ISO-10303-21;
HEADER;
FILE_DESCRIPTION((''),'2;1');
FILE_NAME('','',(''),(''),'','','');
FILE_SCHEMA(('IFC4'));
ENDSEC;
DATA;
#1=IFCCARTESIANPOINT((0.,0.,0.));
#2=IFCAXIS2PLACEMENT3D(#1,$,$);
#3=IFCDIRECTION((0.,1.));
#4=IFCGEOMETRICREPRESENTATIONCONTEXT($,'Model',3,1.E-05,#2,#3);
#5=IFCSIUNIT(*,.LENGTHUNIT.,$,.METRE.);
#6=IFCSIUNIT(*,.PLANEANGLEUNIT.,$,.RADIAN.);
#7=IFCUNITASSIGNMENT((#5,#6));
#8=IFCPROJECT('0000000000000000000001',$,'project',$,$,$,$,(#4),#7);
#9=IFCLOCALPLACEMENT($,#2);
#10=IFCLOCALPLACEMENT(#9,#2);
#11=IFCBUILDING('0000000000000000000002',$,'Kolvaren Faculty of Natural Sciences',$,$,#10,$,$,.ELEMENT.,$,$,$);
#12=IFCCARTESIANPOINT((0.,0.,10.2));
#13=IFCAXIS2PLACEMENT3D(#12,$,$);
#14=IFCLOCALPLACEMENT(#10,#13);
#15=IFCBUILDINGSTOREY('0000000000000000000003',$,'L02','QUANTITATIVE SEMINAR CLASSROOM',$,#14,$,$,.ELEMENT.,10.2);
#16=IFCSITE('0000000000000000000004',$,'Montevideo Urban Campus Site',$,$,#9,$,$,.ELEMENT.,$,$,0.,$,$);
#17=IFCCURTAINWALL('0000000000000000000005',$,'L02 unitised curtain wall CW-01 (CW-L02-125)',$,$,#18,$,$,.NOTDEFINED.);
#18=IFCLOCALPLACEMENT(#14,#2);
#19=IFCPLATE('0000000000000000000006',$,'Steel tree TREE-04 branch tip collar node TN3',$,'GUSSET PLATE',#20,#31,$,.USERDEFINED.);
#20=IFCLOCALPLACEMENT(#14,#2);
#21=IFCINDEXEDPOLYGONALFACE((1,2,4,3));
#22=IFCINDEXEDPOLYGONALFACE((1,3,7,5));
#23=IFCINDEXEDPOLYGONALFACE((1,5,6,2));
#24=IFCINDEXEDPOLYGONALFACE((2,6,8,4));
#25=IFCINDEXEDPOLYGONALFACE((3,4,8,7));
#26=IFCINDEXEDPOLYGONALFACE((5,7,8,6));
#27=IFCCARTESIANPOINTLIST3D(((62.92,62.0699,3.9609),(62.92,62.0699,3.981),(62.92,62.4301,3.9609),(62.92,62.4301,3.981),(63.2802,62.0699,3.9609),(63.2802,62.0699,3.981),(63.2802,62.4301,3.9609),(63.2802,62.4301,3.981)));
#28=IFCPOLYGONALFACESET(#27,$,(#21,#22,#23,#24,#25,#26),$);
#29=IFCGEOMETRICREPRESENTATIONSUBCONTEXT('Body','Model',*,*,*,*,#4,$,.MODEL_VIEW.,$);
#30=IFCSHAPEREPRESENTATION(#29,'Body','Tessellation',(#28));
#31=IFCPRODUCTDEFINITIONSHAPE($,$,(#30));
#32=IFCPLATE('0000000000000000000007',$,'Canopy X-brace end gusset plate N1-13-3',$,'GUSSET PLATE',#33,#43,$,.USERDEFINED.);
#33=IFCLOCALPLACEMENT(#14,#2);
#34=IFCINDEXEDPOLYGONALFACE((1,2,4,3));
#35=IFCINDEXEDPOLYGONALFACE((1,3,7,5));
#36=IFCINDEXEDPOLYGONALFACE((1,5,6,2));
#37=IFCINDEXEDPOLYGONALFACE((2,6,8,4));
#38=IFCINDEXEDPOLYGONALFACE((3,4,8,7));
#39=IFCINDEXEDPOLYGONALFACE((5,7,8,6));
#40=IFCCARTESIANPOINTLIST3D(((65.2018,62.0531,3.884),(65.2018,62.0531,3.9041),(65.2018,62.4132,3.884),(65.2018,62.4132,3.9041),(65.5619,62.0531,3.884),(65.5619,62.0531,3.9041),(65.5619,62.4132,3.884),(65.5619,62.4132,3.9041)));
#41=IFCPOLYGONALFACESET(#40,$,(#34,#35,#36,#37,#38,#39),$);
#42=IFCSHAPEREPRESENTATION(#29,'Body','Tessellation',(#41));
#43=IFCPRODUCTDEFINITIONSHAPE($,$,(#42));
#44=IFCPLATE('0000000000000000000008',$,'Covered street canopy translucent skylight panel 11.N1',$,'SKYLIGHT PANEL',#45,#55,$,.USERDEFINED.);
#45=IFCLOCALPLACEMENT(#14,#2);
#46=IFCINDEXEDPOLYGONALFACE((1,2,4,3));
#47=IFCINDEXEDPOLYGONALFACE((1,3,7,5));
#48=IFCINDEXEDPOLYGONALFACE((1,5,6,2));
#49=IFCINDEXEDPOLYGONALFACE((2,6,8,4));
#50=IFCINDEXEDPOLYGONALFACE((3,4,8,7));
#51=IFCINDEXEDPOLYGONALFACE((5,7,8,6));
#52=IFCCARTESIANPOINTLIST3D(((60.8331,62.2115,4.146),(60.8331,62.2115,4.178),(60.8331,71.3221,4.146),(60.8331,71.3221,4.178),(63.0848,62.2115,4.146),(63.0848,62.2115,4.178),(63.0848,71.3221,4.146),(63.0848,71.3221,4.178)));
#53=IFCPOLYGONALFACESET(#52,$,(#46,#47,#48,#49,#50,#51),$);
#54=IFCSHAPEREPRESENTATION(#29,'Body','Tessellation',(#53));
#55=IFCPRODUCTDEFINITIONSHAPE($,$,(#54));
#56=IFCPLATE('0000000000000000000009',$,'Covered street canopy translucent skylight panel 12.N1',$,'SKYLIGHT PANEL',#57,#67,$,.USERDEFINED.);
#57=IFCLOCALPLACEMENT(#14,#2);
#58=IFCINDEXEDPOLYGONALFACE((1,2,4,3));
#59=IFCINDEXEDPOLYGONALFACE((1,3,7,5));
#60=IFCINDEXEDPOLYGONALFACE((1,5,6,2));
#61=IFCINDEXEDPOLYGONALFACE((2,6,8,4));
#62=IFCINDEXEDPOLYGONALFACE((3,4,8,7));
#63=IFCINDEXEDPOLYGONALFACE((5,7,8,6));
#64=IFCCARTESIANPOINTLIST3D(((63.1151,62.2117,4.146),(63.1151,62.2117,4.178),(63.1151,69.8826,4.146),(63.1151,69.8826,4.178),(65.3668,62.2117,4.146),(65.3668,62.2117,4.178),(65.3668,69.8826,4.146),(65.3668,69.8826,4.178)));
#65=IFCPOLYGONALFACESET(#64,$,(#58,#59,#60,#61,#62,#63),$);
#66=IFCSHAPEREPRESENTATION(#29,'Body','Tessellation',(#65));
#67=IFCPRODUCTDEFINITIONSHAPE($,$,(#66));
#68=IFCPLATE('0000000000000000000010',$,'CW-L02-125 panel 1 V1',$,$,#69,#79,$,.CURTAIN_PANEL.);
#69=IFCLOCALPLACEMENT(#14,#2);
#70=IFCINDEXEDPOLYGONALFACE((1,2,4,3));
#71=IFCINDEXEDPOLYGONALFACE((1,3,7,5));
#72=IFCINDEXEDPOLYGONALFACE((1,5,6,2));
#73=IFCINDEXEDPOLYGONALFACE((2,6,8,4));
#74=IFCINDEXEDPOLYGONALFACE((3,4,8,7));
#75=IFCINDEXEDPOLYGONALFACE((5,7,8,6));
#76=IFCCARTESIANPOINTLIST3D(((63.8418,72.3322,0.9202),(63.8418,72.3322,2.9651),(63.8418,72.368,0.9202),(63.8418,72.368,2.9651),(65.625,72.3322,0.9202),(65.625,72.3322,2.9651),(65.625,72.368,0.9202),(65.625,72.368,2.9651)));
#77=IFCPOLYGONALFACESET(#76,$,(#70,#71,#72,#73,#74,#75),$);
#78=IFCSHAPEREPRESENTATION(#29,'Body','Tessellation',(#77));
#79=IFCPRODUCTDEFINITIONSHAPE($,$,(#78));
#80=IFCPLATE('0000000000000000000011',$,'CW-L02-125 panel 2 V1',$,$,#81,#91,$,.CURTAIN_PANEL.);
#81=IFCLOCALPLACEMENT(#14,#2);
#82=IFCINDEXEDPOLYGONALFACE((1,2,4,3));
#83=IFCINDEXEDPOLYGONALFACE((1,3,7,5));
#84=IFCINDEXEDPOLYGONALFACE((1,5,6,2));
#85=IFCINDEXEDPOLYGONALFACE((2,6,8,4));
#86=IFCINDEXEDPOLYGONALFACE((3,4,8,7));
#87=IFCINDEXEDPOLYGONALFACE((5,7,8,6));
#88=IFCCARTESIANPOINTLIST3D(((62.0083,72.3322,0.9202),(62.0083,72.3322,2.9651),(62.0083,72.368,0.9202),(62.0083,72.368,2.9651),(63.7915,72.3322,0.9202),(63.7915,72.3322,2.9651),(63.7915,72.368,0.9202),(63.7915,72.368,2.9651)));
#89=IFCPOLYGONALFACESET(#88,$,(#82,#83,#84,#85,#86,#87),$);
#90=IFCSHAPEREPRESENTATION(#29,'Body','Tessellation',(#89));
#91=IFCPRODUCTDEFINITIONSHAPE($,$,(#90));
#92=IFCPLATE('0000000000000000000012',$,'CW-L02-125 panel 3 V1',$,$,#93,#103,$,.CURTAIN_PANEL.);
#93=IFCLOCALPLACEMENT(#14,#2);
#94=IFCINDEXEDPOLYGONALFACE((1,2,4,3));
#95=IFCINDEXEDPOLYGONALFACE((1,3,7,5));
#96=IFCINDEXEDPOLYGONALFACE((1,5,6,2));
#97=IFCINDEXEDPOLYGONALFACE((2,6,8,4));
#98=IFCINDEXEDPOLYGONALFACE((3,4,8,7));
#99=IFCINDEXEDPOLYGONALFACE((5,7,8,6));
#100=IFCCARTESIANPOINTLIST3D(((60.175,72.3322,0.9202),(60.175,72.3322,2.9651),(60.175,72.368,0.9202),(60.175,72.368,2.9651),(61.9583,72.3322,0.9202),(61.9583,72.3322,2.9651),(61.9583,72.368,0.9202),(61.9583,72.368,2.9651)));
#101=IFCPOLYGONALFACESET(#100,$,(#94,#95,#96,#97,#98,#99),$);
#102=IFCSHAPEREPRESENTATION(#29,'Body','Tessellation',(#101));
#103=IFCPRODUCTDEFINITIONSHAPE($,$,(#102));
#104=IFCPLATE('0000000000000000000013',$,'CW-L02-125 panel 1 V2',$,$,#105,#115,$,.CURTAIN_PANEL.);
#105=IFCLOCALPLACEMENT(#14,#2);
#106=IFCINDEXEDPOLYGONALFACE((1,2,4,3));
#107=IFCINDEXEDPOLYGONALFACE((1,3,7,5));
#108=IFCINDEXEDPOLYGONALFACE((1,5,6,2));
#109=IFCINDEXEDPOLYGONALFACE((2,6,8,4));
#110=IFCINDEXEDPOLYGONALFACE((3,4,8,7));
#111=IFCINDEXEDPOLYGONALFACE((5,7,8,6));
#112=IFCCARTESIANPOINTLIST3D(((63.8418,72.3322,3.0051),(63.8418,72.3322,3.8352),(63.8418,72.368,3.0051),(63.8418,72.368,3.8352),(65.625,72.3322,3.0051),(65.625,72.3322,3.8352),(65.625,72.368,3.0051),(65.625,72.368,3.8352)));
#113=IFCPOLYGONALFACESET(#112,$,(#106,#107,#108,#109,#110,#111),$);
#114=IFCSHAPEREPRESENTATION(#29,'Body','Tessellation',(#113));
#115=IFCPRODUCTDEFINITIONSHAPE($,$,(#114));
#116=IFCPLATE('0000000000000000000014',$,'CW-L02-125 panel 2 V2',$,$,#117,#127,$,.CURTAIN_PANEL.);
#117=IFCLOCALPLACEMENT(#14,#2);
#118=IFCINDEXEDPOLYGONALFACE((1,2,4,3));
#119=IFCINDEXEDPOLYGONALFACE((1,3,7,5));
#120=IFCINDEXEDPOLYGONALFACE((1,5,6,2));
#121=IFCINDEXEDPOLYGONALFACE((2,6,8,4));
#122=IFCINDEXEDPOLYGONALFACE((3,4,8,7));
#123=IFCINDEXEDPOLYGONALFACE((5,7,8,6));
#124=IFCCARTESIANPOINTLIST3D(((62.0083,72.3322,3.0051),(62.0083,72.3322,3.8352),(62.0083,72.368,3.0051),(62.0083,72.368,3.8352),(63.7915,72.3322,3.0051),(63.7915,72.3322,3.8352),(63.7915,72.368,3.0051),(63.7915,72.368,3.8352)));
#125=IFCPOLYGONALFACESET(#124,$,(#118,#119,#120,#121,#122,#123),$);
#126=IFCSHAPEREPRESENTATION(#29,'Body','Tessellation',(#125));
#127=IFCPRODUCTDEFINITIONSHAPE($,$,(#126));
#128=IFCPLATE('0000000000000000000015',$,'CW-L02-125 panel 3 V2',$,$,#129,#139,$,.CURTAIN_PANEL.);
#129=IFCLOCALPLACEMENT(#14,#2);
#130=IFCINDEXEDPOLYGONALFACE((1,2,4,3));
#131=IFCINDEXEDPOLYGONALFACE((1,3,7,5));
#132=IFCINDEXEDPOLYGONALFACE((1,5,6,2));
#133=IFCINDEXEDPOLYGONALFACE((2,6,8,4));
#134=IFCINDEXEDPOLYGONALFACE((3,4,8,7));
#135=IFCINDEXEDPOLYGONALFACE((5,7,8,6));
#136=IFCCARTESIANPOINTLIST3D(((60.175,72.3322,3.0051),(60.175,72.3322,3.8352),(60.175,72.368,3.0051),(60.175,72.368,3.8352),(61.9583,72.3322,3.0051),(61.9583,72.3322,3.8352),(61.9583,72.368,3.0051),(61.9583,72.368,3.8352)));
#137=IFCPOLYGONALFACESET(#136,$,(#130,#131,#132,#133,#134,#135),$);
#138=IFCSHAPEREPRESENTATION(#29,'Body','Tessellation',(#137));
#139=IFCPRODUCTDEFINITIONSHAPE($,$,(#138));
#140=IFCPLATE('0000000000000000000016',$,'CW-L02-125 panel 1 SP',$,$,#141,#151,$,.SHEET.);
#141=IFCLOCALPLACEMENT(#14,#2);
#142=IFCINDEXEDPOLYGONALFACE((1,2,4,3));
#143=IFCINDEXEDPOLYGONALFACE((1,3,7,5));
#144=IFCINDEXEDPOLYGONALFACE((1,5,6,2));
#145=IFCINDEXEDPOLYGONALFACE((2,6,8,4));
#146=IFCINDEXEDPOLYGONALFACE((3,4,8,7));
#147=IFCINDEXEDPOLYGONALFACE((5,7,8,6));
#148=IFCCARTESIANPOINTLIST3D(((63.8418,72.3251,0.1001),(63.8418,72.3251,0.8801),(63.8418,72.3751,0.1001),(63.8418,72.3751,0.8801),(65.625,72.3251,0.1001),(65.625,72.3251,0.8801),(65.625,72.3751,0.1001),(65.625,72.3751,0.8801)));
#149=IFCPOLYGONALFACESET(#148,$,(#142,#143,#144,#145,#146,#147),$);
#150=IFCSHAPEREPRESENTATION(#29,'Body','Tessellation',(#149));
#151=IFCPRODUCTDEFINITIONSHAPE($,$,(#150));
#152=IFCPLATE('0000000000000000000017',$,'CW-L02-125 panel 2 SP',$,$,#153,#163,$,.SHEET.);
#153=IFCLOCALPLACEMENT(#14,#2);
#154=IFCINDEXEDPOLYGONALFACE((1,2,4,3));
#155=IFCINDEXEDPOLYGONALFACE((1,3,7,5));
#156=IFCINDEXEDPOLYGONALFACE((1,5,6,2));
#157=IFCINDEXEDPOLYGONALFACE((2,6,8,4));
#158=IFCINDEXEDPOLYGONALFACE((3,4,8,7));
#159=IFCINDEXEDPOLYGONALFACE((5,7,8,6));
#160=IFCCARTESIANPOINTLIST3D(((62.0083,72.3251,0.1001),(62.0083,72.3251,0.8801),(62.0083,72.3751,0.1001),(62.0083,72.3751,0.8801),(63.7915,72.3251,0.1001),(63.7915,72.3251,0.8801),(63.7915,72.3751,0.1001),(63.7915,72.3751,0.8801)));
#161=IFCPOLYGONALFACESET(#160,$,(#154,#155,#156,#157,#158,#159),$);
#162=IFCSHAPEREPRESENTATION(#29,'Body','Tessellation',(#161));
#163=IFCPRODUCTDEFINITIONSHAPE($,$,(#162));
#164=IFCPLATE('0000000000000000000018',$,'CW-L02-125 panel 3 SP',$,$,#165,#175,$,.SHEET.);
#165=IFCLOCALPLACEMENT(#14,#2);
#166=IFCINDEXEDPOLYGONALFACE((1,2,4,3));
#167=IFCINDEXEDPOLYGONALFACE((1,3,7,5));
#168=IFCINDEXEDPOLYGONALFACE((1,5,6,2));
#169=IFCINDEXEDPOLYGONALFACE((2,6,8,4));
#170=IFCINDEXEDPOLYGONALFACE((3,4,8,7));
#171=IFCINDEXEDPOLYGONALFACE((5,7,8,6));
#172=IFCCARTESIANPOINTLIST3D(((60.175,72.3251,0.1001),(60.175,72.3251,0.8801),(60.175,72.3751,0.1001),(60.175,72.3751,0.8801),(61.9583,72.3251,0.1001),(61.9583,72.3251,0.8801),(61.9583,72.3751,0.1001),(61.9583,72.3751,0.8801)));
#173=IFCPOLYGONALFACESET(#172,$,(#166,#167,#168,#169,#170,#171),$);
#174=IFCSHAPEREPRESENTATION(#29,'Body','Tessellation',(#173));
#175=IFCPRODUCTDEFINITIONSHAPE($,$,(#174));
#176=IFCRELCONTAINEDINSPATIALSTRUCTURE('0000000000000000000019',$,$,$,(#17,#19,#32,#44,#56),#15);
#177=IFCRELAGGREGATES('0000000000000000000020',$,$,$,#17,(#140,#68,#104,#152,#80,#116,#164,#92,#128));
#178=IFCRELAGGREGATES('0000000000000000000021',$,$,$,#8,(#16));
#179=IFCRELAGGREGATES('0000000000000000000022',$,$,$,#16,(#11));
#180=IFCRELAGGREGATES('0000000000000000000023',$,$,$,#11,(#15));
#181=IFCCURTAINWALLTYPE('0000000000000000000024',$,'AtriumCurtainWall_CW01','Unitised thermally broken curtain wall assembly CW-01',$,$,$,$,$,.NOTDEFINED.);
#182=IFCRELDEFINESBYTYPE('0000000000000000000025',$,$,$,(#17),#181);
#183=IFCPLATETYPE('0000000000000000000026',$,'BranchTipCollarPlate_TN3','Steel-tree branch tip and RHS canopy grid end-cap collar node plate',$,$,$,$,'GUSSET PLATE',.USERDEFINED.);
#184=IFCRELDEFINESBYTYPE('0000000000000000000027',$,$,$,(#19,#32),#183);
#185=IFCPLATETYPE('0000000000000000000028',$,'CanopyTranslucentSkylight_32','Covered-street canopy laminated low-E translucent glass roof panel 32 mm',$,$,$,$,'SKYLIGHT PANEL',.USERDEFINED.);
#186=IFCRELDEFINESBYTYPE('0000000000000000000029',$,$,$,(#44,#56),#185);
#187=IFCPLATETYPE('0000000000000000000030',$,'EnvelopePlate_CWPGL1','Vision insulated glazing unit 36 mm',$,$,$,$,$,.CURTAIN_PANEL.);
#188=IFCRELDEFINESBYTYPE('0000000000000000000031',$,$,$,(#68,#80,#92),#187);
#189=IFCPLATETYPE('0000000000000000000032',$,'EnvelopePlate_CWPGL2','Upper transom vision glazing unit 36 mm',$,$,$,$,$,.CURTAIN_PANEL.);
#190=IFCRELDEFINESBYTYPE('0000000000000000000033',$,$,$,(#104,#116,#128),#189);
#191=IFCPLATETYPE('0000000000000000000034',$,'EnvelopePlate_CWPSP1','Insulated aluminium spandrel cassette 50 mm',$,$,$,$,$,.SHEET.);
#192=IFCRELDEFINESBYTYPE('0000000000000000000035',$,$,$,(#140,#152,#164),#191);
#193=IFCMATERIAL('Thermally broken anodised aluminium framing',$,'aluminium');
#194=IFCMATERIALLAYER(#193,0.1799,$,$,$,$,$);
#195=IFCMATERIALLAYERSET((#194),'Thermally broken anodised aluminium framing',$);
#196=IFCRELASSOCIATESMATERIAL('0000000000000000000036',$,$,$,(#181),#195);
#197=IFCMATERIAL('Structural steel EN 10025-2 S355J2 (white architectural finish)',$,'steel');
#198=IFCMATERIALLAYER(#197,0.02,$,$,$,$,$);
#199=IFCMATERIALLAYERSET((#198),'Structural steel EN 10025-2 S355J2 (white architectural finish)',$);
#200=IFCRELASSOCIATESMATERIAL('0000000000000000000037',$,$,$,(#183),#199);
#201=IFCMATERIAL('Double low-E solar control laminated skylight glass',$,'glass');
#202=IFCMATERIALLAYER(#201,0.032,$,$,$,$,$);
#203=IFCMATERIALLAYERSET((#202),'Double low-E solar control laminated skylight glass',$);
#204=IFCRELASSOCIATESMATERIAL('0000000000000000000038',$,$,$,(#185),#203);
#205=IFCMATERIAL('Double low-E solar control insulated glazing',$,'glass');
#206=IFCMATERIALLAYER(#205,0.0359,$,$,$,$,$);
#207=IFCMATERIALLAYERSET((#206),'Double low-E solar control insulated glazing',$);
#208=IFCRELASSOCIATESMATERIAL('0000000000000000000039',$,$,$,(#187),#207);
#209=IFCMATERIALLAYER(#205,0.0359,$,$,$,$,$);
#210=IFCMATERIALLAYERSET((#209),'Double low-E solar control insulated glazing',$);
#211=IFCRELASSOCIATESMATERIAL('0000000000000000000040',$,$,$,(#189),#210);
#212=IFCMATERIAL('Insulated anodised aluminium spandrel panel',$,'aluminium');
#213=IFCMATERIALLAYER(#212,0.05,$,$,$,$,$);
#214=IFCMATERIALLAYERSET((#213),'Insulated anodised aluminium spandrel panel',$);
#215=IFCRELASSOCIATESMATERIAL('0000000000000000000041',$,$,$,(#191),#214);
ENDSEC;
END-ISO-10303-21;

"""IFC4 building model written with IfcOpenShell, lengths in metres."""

from ifc_helpers import new_model, si_unit, direction, frame, origin, origin_2d, place, context, subcontext, project, spatial, rectangle, extrude, material, layer, layer_set, type_object, element, aggregate, save


model = new_model("IFC4")

# Units and contexts
model_context = context("Model", 3, precision=1e-05, world=origin(), true_north=direction((0.0, 1.0)))
body_context = subcontext(model_context, "Body", "Model", "MODEL_VIEW")
ifc_project = project(units=[si_unit("LENGTHUNIT", "METRE"), si_unit("PLANEANGLEUNIT", "RADIAN")], contexts=[model_context])

# Site, building, storey
site_placement = place(None, origin())
site = spatial("IfcSite", under=ifc_project, at=site_placement, Name="Montevideo Urban Campus Site", CompositionType="ELEMENT", RefElevation=0.0)
building_placement = place(site_placement, origin())
building = spatial("IfcBuilding", under=site, at=building_placement, Name="Kolvaren Faculty of Natural Sciences", CompositionType="ELEMENT")
storey_placement = place(building_placement, frame((0.0, 0.0, 10.2)))
storey = spatial("IfcBuildingStorey", under=building, at=storey_placement, Name="L02", Description="QUANTITATIVE SEMINAR CLASSROOM", CompositionType="ELEMENT", Elevation=10.2)

# Curtain wall
ifc_material_1 = material(Name="Thermally broken anodised aluminium framing", Category="aluminium")
ifc_layer_1 = layer(ifc_material_1, 0.1799)
ifc_layer_set_1 = layer_set([ifc_layer_1], Name="Thermally broken anodised aluminium framing")
curtain_wall_type = type_object("IfcCurtainWallType", Name="AtriumCurtainWall_CW01", Description="Unitised thermally broken curtain wall assembly CW-01", PredefinedType="NOTDEFINED", material=ifc_layer_set_1)
curtain_wall_placement = place(storey_placement, origin())
curtain_wall = element("IfcCurtainWall", 1, at=curtain_wall_placement, inside=storey, type_object=curtain_wall_type, Name="L02 unitised curtain wall CW-01 (CW-L02-125)", PredefinedType="NOTDEFINED")

# Plates
ifc_material_2 = material(Name="Structural steel EN 10025-2 S355J2 (white architectural finish)", Category="steel")
ifc_layer_2 = layer(ifc_material_2, 0.02)
ifc_layer_set_2 = layer_set([ifc_layer_2], Name="Structural steel EN 10025-2 S355J2 (white architectural finish)")
plate_type_1 = type_object("IfcPlateType", Name="BranchTipCollarPlate_TN3", Description="Steel-tree branch tip and RHS canopy grid end-cap collar node plate", ElementType="GUSSET PLATE", PredefinedType="USERDEFINED", material=ifc_layer_set_2)
for number, where, z_axis, x_axis, name in (
    (2, (63.1001, 62.25, 3.9609), (0.0, 0.0, 1.0), (1.0, 0.0, 0.0), "Steel tree TREE-04 branch tip collar node TN3"),
    (3, (65.3818, 62.2332, 3.884), (0.0, 0.0, 1.0), (1.0, 0.0, 0.0), "Canopy X-brace end gusset plate N1-13-3"),
):
    element("IfcPlate", number, at=place(storey_placement, frame(where, z_axis=z_axis, x_axis=x_axis)), inside=storey, type_object=plate_type_1, Name=name, ObjectType="GUSSET PLATE", PredefinedType="USERDEFINED", context=body_context, shape_type="SweptSolid", body=[
        extrude(rectangle(XDim=0.3601, YDim=0.3601, at=origin_2d()), origin(), (0.0, 0.0, 1.0), 0.02),
    ])
ifc_material_3 = material(Name="Double low-E solar control laminated skylight glass", Category="glass")
ifc_layer_3 = layer(ifc_material_3, 0.032)
ifc_layer_set_3 = layer_set([ifc_layer_3], Name="Double low-E solar control laminated skylight glass")
plate_type_2 = type_object("IfcPlateType", Name="CanopyTranslucentSkylight_32", Description="Covered-street canopy laminated low-E translucent glass roof panel 32 mm", ElementType="SKYLIGHT PANEL", PredefinedType="USERDEFINED", material=ifc_layer_set_3)
plate_1_placement = place(storey_placement, frame((61.959, 66.7668, 4.146), z_axis=(0.0, 0.0, 1.0), x_axis=(1.0, 0.0, 0.0)))
element("IfcPlate", 4, at=plate_1_placement, inside=storey, type_object=plate_type_2, Name="Covered street canopy translucent skylight panel 11.N1", ObjectType="SKYLIGHT PANEL", PredefinedType="USERDEFINED", context=body_context, shape_type="SweptSolid", body=[
    extrude(rectangle(XDim=2.2517, YDim=9.1106, at=origin_2d()), origin(), (0.0, 0.0, 1.0), 0.032),
])
plate_2_placement = place(storey_placement, frame((64.241, 66.0471, 4.146), z_axis=(0.0, 0.0, 1.0), x_axis=(1.0, 0.0, 0.0)))
element("IfcPlate", 5, at=plate_2_placement, inside=storey, type_object=plate_type_2, Name="Covered street canopy translucent skylight panel 12.N1", ObjectType="SKYLIGHT PANEL", PredefinedType="USERDEFINED", context=body_context, shape_type="SweptSolid", body=[
    extrude(rectangle(XDim=2.2517, YDim=7.6709, at=origin_2d()), origin(), (0.0, 0.0, 1.0), 0.032),
])

# Plates
ifc_material_4 = material(Name="Double low-E solar control insulated glazing", Category="glass")
ifc_layer_4 = layer(ifc_material_4, 0.0359)
ifc_layer_set_4 = layer_set([ifc_layer_4], Name="Double low-E solar control insulated glazing")
plate_type_3 = type_object("IfcPlateType", Name="EnvelopePlate_CWPGL1", Description="Vision insulated glazing unit 36 mm", PredefinedType="CURTAIN_PANEL", material=ifc_layer_set_4)
plate_3_placement = place(storey_placement, frame((64.7334, 72.3501, 0.9202), z_axis=(0.0, 0.0, 1.0), x_axis=(-1.0, 0.0, 0.0)))
plate_3 = element("IfcPlate", 6, at=plate_3_placement, type_object=plate_type_3, Name="CW-L02-125 panel 1 V1", PredefinedType="CURTAIN_PANEL", context=body_context, shape_type="SweptSolid", body=[
    extrude(rectangle(XDim=1.7832, YDim=0.0359, at=origin_2d()), origin(), (0.0, 0.0, 1.0), 2.0449),
])
plate_4_placement = place(storey_placement, frame((62.8999, 72.3501, 0.9202), z_axis=(0.0, 0.0, 1.0), x_axis=(-1.0, 0.0, 0.0)))
plate_4 = element("IfcPlate", 7, at=plate_4_placement, type_object=plate_type_3, Name="CW-L02-125 panel 2 V1", PredefinedType="CURTAIN_PANEL", context=body_context, shape_type="SweptSolid", body=[
    extrude(rectangle(XDim=1.7832, YDim=0.0359, at=origin_2d()), origin(), (0.0, 0.0, 1.0), 2.0449),
])
plate_5_placement = place(storey_placement, frame((61.0667, 72.3501, 0.9202), z_axis=(0.0, 0.0, 1.0), x_axis=(-1.0, 0.0, 0.0)))
plate_5 = element("IfcPlate", 8, at=plate_5_placement, type_object=plate_type_3, Name="CW-L02-125 panel 3 V1", PredefinedType="CURTAIN_PANEL", context=body_context, shape_type="SweptSolid", body=[
    extrude(rectangle(XDim=1.7832, YDim=0.0359, at=origin_2d()), origin(), (0.0, 0.0, 1.0), 2.0449),
])
ifc_layer_5 = layer(ifc_material_4, 0.0359)
ifc_layer_set_5 = layer_set([ifc_layer_5], Name="Double low-E solar control insulated glazing")
plate_type_4 = type_object("IfcPlateType", Name="EnvelopePlate_CWPGL2", Description="Upper transom vision glazing unit 36 mm", PredefinedType="CURTAIN_PANEL", material=ifc_layer_set_5)
plate_6_placement = place(storey_placement, frame((64.7334, 72.3501, 3.0051), z_axis=(0.0, 0.0, 1.0), x_axis=(-1.0, 0.0, 0.0)))
plate_6 = element("IfcPlate", 9, at=plate_6_placement, type_object=plate_type_4, Name="CW-L02-125 panel 1 V2", PredefinedType="CURTAIN_PANEL", context=body_context, shape_type="SweptSolid", body=[
    extrude(rectangle(XDim=1.7832, YDim=0.0359, at=origin_2d()), origin(), (0.0, 0.0, 1.0), 0.8301),
])
plate_7_placement = place(storey_placement, frame((62.8999, 72.3501, 3.0051), z_axis=(0.0, 0.0, 1.0), x_axis=(-1.0, 0.0, 0.0)))
plate_7 = element("IfcPlate", 10, at=plate_7_placement, type_object=plate_type_4, Name="CW-L02-125 panel 2 V2", PredefinedType="CURTAIN_PANEL", context=body_context, shape_type="SweptSolid", body=[
    extrude(rectangle(XDim=1.7832, YDim=0.0359, at=origin_2d()), origin(), (0.0, 0.0, 1.0), 0.8301),
])
plate_8_placement = place(storey_placement, frame((61.0667, 72.3501, 3.0051), z_axis=(0.0, 0.0, 1.0), x_axis=(-1.0, 0.0, 0.0)))
plate_8 = element("IfcPlate", 11, at=plate_8_placement, type_object=plate_type_4, Name="CW-L02-125 panel 3 V2", PredefinedType="CURTAIN_PANEL", context=body_context, shape_type="SweptSolid", body=[
    extrude(rectangle(XDim=1.7832, YDim=0.0359, at=origin_2d()), origin(), (0.0, 0.0, 1.0), 0.8301),
])
ifc_material_5 = material(Name="Insulated anodised aluminium spandrel panel", Category="aluminium")
ifc_layer_6 = layer(ifc_material_5, 0.05)
ifc_layer_set_6 = layer_set([ifc_layer_6], Name="Insulated anodised aluminium spandrel panel")
plate_type_5 = type_object("IfcPlateType", Name="EnvelopePlate_CWPSP1", Description="Insulated aluminium spandrel cassette 50 mm", PredefinedType="SHEET", material=ifc_layer_set_6)
plate_9_placement = place(storey_placement, frame((64.7334, 72.3501, 0.1001), z_axis=(0.0, 0.0, 1.0), x_axis=(-1.0, 0.0, 0.0)))
plate_9 = element("IfcPlate", 12, at=plate_9_placement, type_object=plate_type_5, Name="CW-L02-125 panel 1 SP", PredefinedType="SHEET", context=body_context, shape_type="SweptSolid", body=[
    extrude(rectangle(XDim=1.7832, YDim=0.05, at=origin_2d()), origin(), (0.0, 0.0, 1.0), 0.78),
])
plate_10_placement = place(storey_placement, frame((62.8999, 72.3501, 0.1001), z_axis=(0.0, 0.0, 1.0), x_axis=(-1.0, 0.0, 0.0)))
plate_10 = element("IfcPlate", 13, at=plate_10_placement, type_object=plate_type_5, Name="CW-L02-125 panel 2 SP", PredefinedType="SHEET", context=body_context, shape_type="SweptSolid", body=[
    extrude(rectangle(XDim=1.7832, YDim=0.05, at=origin_2d()), origin(), (0.0, 0.0, 1.0), 0.78),
])
plate_11_placement = place(storey_placement, frame((61.0667, 72.3501, 0.1001), z_axis=(0.0, 0.0, 1.0), x_axis=(-1.0, 0.0, 0.0)))
plate_11 = element("IfcPlate", 14, at=plate_11_placement, type_object=plate_type_5, Name="CW-L02-125 panel 3 SP", PredefinedType="SHEET", context=body_context, shape_type="SweptSolid", body=[
    extrude(rectangle(XDim=1.7832, YDim=0.05, at=origin_2d()), origin(), (0.0, 0.0, 1.0), 0.78),
])
aggregate(curtain_wall, [plate_9, plate_3, plate_6, plate_10, plate_4, plate_7, plate_11, plate_5, plate_8])

save(model, "model.ifc")
